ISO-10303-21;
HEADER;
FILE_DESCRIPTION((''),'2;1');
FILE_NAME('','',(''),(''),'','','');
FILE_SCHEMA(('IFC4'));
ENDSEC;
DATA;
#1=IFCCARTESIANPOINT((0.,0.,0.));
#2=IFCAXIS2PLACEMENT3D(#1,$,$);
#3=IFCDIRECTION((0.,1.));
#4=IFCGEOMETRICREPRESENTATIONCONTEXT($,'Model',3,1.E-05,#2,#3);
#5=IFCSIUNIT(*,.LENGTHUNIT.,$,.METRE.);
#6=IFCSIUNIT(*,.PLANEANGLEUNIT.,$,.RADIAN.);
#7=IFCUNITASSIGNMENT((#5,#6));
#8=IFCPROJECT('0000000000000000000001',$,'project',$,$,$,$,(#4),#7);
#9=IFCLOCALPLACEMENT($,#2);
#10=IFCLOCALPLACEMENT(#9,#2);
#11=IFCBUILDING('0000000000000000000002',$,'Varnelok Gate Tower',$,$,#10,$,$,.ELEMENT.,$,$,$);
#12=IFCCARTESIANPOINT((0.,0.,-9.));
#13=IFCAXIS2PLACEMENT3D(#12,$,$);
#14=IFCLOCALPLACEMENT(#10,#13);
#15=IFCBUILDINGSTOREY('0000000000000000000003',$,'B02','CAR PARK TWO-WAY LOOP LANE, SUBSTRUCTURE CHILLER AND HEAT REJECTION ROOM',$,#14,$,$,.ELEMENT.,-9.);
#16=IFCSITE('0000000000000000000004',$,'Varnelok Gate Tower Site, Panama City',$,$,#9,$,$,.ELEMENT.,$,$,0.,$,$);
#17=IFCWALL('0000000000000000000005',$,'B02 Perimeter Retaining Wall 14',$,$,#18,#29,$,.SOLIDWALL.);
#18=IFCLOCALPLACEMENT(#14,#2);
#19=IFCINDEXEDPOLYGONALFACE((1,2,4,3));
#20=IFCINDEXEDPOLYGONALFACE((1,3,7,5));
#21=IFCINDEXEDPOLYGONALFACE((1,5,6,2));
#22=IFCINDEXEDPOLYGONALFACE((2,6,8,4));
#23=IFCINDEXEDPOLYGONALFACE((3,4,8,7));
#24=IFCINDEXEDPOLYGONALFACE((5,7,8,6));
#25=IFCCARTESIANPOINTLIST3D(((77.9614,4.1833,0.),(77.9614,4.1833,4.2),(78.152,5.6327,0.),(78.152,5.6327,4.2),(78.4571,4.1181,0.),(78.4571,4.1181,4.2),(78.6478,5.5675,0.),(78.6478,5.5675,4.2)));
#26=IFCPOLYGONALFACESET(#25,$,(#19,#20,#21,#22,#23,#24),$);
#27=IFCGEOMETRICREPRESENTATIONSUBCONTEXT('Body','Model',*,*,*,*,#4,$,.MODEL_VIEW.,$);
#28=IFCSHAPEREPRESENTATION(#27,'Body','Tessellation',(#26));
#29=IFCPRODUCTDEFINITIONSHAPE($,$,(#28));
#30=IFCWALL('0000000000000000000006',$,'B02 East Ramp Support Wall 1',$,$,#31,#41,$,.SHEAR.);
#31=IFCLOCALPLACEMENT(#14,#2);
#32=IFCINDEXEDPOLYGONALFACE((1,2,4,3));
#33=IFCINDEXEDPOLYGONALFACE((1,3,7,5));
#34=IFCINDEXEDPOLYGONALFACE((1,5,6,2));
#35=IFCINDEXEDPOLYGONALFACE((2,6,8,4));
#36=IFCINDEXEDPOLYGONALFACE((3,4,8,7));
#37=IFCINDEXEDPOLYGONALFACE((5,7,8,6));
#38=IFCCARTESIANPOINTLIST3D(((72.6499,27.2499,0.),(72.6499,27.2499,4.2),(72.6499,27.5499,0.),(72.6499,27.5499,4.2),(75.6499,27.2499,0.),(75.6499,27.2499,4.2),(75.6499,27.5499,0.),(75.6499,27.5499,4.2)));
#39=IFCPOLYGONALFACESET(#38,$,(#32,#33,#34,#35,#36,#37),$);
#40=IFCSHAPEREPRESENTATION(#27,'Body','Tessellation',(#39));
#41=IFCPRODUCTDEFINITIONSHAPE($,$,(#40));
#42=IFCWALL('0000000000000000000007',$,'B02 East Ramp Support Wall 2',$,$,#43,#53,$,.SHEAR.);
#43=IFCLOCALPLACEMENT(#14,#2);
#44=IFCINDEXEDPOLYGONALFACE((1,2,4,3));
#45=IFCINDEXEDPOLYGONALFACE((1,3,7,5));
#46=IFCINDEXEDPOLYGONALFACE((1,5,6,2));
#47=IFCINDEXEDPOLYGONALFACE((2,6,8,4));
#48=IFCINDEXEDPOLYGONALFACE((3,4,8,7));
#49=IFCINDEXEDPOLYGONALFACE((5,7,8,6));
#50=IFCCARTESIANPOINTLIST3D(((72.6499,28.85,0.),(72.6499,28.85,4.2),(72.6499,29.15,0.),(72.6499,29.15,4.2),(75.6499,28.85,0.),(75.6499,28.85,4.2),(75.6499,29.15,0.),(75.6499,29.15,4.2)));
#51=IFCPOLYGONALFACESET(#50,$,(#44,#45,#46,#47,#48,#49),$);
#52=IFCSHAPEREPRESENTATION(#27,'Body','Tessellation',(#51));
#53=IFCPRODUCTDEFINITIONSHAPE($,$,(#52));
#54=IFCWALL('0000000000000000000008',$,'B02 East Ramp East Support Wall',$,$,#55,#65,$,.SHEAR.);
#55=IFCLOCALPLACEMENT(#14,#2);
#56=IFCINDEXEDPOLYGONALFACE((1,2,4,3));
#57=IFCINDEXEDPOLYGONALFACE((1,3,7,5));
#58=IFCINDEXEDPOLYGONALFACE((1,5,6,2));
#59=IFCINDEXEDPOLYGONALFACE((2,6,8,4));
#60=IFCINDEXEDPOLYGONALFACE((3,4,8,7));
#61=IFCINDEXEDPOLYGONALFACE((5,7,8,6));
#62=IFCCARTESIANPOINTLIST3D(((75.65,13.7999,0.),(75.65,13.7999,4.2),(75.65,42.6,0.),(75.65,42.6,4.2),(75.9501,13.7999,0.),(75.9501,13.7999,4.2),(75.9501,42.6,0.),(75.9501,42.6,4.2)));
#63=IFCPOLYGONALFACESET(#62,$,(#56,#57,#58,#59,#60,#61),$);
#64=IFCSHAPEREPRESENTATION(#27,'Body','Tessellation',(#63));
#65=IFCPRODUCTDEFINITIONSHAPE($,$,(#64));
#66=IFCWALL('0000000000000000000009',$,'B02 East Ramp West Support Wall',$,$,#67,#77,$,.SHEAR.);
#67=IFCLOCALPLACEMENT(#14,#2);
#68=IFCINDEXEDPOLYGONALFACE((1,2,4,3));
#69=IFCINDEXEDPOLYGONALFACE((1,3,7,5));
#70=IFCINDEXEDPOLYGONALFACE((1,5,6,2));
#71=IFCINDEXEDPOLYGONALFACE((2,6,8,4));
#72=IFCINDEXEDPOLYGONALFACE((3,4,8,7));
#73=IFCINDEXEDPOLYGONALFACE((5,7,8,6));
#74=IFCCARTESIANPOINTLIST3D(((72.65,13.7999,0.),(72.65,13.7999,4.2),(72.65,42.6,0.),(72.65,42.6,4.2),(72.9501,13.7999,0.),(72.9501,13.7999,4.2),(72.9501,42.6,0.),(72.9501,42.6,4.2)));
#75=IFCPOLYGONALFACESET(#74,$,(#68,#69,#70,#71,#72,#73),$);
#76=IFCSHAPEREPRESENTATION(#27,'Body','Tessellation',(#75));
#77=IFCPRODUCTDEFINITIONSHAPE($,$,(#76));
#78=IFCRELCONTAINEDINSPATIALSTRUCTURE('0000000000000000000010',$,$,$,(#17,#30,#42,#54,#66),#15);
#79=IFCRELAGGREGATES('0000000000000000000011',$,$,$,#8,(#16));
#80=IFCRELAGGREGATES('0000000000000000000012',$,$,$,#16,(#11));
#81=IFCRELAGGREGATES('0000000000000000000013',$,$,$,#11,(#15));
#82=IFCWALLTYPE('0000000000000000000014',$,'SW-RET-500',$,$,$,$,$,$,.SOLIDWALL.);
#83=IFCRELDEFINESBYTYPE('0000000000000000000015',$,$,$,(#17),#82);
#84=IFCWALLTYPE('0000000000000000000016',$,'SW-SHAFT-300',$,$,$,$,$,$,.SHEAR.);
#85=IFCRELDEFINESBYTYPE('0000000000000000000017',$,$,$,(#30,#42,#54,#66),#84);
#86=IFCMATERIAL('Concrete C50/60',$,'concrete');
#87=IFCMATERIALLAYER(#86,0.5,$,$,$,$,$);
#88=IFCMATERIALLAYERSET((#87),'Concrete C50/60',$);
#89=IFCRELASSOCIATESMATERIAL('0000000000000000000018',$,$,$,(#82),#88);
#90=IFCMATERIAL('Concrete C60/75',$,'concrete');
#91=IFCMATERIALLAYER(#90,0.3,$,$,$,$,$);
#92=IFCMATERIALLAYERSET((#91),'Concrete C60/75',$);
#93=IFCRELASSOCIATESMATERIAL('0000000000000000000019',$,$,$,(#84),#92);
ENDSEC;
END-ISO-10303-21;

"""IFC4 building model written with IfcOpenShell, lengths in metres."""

from ifc_helpers import new_model, si_unit, direction, frame, frame_2d, origin, place, context, subcontext, project, spatial, rectangle, extrude, material, layer, layer_set, type_object, element, save


model = new_model("IFC4")

# Units and contexts
model_context = context("Model", 3, precision=1e-05, world=origin(), true_north=direction((0.0, 1.0)))
body_context = subcontext(model_context, "Body", "Model", "MODEL_VIEW")
ifc_project = project(units=[si_unit("LENGTHUNIT", "METRE"), si_unit("PLANEANGLEUNIT", "RADIAN")], contexts=[model_context])

# Site, building, storey
site_placement = place(None, origin())
site = spatial("IfcSite", under=ifc_project, at=site_placement, Name="Varnelok Gate Tower Site, Panama City", CompositionType="ELEMENT", RefElevation=0.0)
building_placement = place(site_placement, origin())
building = spatial("IfcBuilding", under=site, at=building_placement, Name="Varnelok Gate Tower", CompositionType="ELEMENT")
storey_placement = place(building_placement, frame((0.0, 0.0, -9.0)))
storey = spatial("IfcBuildingStorey", under=building, at=storey_placement, Name="B02", Description="CAR PARK TWO-WAY LOOP LANE, SUBSTRUCTURE CHILLER AND HEAT REJECTION ROOM", CompositionType="ELEMENT", Elevation=-9.0)

# Shared definitions
ifc_material_1 = material(Name="Concrete C50/60", Category="concrete")

# Shared definitions
ifc_material_2 = material(Name="Concrete C60/75", Category="concrete")

# Walls
ifc_layer_1 = layer(ifc_material_1, 0.5)
ifc_layer_set_1 = layer_set([ifc_layer_1], Name="Concrete C50/60")
wall_type_1 = type_object("IfcWallType", Name="SW-RET-500", PredefinedType="SOLIDWALL", material=ifc_layer_set_1)
for number, where, z_axis, x_axis, name in (
    (1, (78.3999, 5.6001, 0.0), (0.0, 0.0, 1.0), (-0.130424, -0.991458, 0.0), "B02 Perimeter Retaining Wall 14"),
):
    element("IfcWall", number, at=place(storey_placement, frame(where, z_axis=z_axis, x_axis=x_axis)), inside=storey, type_object=wall_type_1, Name=name, PredefinedType="SOLIDWALL", context=body_context, shape_type="SweptSolid", body=[
        extrude(rectangle(XDim=1.4619, YDim=0.5, at=frame_2d((0.731, 0.0))), origin(), (0.0, 0.0, 1.0), 4.2),
    ])
ifc_layer_2 = layer(ifc_material_2, 0.3)
ifc_layer_set_2 = layer_set([ifc_layer_2], Name="Concrete C60/75")
wall_type_2 = type_object("IfcWallType", Name="SW-SHAFT-300", PredefinedType="SHEAR", material=ifc_layer_set_2)
for number, where, z_axis, x_axis, name in (
    (2, (72.6499, 27.3999, 0.0), (0.0, 0.0, 1.0), (1.0, 0.0, 0.0), "B02 East Ramp Support Wall 1"),
    (3, (72.6499, 29.0, 0.0), (0.0, 0.0, 1.0), (1.0, 0.0, 0.0), "B02 East Ramp Support Wall 2"),
):
    element("IfcWall", number, at=place(storey_placement, frame(where, z_axis=z_axis, x_axis=x_axis)), inside=storey, type_object=wall_type_2, Name=name, PredefinedType="SHEAR", context=body_context, shape_type="SweptSolid", body=[
        extrude(rectangle(XDim=3.0, YDim=0.3, at=frame_2d((1.5, 0.0))), origin(), (0.0, 0.0, 1.0), 4.2),
    ])
for number, where, z_axis, x_axis, name in (
    (4, (75.8, 13.8, 0.0), (0.0, 0.0, 1.0), (0.0, 1.0, 0.0), "B02 East Ramp East Support Wall"),
    (5, (72.8, 13.8, 0.0), (0.0, 0.0, 1.0), (0.0, 1.0, 0.0), "B02 East Ramp West Support Wall"),
):
    element("IfcWall", number, at=place(storey_placement, frame(where, z_axis=z_axis, x_axis=x_axis)), inside=storey, type_object=wall_type_2, Name=name, PredefinedType="SHEAR", context=body_context, shape_type="SweptSolid", body=[
        extrude(rectangle(XDim=28.8, YDim=0.3, at=frame_2d((14.3999, 0.0))), origin(), (0.0, 0.0, 1.0), 4.2),
    ])

save(model, "model.ifc")
